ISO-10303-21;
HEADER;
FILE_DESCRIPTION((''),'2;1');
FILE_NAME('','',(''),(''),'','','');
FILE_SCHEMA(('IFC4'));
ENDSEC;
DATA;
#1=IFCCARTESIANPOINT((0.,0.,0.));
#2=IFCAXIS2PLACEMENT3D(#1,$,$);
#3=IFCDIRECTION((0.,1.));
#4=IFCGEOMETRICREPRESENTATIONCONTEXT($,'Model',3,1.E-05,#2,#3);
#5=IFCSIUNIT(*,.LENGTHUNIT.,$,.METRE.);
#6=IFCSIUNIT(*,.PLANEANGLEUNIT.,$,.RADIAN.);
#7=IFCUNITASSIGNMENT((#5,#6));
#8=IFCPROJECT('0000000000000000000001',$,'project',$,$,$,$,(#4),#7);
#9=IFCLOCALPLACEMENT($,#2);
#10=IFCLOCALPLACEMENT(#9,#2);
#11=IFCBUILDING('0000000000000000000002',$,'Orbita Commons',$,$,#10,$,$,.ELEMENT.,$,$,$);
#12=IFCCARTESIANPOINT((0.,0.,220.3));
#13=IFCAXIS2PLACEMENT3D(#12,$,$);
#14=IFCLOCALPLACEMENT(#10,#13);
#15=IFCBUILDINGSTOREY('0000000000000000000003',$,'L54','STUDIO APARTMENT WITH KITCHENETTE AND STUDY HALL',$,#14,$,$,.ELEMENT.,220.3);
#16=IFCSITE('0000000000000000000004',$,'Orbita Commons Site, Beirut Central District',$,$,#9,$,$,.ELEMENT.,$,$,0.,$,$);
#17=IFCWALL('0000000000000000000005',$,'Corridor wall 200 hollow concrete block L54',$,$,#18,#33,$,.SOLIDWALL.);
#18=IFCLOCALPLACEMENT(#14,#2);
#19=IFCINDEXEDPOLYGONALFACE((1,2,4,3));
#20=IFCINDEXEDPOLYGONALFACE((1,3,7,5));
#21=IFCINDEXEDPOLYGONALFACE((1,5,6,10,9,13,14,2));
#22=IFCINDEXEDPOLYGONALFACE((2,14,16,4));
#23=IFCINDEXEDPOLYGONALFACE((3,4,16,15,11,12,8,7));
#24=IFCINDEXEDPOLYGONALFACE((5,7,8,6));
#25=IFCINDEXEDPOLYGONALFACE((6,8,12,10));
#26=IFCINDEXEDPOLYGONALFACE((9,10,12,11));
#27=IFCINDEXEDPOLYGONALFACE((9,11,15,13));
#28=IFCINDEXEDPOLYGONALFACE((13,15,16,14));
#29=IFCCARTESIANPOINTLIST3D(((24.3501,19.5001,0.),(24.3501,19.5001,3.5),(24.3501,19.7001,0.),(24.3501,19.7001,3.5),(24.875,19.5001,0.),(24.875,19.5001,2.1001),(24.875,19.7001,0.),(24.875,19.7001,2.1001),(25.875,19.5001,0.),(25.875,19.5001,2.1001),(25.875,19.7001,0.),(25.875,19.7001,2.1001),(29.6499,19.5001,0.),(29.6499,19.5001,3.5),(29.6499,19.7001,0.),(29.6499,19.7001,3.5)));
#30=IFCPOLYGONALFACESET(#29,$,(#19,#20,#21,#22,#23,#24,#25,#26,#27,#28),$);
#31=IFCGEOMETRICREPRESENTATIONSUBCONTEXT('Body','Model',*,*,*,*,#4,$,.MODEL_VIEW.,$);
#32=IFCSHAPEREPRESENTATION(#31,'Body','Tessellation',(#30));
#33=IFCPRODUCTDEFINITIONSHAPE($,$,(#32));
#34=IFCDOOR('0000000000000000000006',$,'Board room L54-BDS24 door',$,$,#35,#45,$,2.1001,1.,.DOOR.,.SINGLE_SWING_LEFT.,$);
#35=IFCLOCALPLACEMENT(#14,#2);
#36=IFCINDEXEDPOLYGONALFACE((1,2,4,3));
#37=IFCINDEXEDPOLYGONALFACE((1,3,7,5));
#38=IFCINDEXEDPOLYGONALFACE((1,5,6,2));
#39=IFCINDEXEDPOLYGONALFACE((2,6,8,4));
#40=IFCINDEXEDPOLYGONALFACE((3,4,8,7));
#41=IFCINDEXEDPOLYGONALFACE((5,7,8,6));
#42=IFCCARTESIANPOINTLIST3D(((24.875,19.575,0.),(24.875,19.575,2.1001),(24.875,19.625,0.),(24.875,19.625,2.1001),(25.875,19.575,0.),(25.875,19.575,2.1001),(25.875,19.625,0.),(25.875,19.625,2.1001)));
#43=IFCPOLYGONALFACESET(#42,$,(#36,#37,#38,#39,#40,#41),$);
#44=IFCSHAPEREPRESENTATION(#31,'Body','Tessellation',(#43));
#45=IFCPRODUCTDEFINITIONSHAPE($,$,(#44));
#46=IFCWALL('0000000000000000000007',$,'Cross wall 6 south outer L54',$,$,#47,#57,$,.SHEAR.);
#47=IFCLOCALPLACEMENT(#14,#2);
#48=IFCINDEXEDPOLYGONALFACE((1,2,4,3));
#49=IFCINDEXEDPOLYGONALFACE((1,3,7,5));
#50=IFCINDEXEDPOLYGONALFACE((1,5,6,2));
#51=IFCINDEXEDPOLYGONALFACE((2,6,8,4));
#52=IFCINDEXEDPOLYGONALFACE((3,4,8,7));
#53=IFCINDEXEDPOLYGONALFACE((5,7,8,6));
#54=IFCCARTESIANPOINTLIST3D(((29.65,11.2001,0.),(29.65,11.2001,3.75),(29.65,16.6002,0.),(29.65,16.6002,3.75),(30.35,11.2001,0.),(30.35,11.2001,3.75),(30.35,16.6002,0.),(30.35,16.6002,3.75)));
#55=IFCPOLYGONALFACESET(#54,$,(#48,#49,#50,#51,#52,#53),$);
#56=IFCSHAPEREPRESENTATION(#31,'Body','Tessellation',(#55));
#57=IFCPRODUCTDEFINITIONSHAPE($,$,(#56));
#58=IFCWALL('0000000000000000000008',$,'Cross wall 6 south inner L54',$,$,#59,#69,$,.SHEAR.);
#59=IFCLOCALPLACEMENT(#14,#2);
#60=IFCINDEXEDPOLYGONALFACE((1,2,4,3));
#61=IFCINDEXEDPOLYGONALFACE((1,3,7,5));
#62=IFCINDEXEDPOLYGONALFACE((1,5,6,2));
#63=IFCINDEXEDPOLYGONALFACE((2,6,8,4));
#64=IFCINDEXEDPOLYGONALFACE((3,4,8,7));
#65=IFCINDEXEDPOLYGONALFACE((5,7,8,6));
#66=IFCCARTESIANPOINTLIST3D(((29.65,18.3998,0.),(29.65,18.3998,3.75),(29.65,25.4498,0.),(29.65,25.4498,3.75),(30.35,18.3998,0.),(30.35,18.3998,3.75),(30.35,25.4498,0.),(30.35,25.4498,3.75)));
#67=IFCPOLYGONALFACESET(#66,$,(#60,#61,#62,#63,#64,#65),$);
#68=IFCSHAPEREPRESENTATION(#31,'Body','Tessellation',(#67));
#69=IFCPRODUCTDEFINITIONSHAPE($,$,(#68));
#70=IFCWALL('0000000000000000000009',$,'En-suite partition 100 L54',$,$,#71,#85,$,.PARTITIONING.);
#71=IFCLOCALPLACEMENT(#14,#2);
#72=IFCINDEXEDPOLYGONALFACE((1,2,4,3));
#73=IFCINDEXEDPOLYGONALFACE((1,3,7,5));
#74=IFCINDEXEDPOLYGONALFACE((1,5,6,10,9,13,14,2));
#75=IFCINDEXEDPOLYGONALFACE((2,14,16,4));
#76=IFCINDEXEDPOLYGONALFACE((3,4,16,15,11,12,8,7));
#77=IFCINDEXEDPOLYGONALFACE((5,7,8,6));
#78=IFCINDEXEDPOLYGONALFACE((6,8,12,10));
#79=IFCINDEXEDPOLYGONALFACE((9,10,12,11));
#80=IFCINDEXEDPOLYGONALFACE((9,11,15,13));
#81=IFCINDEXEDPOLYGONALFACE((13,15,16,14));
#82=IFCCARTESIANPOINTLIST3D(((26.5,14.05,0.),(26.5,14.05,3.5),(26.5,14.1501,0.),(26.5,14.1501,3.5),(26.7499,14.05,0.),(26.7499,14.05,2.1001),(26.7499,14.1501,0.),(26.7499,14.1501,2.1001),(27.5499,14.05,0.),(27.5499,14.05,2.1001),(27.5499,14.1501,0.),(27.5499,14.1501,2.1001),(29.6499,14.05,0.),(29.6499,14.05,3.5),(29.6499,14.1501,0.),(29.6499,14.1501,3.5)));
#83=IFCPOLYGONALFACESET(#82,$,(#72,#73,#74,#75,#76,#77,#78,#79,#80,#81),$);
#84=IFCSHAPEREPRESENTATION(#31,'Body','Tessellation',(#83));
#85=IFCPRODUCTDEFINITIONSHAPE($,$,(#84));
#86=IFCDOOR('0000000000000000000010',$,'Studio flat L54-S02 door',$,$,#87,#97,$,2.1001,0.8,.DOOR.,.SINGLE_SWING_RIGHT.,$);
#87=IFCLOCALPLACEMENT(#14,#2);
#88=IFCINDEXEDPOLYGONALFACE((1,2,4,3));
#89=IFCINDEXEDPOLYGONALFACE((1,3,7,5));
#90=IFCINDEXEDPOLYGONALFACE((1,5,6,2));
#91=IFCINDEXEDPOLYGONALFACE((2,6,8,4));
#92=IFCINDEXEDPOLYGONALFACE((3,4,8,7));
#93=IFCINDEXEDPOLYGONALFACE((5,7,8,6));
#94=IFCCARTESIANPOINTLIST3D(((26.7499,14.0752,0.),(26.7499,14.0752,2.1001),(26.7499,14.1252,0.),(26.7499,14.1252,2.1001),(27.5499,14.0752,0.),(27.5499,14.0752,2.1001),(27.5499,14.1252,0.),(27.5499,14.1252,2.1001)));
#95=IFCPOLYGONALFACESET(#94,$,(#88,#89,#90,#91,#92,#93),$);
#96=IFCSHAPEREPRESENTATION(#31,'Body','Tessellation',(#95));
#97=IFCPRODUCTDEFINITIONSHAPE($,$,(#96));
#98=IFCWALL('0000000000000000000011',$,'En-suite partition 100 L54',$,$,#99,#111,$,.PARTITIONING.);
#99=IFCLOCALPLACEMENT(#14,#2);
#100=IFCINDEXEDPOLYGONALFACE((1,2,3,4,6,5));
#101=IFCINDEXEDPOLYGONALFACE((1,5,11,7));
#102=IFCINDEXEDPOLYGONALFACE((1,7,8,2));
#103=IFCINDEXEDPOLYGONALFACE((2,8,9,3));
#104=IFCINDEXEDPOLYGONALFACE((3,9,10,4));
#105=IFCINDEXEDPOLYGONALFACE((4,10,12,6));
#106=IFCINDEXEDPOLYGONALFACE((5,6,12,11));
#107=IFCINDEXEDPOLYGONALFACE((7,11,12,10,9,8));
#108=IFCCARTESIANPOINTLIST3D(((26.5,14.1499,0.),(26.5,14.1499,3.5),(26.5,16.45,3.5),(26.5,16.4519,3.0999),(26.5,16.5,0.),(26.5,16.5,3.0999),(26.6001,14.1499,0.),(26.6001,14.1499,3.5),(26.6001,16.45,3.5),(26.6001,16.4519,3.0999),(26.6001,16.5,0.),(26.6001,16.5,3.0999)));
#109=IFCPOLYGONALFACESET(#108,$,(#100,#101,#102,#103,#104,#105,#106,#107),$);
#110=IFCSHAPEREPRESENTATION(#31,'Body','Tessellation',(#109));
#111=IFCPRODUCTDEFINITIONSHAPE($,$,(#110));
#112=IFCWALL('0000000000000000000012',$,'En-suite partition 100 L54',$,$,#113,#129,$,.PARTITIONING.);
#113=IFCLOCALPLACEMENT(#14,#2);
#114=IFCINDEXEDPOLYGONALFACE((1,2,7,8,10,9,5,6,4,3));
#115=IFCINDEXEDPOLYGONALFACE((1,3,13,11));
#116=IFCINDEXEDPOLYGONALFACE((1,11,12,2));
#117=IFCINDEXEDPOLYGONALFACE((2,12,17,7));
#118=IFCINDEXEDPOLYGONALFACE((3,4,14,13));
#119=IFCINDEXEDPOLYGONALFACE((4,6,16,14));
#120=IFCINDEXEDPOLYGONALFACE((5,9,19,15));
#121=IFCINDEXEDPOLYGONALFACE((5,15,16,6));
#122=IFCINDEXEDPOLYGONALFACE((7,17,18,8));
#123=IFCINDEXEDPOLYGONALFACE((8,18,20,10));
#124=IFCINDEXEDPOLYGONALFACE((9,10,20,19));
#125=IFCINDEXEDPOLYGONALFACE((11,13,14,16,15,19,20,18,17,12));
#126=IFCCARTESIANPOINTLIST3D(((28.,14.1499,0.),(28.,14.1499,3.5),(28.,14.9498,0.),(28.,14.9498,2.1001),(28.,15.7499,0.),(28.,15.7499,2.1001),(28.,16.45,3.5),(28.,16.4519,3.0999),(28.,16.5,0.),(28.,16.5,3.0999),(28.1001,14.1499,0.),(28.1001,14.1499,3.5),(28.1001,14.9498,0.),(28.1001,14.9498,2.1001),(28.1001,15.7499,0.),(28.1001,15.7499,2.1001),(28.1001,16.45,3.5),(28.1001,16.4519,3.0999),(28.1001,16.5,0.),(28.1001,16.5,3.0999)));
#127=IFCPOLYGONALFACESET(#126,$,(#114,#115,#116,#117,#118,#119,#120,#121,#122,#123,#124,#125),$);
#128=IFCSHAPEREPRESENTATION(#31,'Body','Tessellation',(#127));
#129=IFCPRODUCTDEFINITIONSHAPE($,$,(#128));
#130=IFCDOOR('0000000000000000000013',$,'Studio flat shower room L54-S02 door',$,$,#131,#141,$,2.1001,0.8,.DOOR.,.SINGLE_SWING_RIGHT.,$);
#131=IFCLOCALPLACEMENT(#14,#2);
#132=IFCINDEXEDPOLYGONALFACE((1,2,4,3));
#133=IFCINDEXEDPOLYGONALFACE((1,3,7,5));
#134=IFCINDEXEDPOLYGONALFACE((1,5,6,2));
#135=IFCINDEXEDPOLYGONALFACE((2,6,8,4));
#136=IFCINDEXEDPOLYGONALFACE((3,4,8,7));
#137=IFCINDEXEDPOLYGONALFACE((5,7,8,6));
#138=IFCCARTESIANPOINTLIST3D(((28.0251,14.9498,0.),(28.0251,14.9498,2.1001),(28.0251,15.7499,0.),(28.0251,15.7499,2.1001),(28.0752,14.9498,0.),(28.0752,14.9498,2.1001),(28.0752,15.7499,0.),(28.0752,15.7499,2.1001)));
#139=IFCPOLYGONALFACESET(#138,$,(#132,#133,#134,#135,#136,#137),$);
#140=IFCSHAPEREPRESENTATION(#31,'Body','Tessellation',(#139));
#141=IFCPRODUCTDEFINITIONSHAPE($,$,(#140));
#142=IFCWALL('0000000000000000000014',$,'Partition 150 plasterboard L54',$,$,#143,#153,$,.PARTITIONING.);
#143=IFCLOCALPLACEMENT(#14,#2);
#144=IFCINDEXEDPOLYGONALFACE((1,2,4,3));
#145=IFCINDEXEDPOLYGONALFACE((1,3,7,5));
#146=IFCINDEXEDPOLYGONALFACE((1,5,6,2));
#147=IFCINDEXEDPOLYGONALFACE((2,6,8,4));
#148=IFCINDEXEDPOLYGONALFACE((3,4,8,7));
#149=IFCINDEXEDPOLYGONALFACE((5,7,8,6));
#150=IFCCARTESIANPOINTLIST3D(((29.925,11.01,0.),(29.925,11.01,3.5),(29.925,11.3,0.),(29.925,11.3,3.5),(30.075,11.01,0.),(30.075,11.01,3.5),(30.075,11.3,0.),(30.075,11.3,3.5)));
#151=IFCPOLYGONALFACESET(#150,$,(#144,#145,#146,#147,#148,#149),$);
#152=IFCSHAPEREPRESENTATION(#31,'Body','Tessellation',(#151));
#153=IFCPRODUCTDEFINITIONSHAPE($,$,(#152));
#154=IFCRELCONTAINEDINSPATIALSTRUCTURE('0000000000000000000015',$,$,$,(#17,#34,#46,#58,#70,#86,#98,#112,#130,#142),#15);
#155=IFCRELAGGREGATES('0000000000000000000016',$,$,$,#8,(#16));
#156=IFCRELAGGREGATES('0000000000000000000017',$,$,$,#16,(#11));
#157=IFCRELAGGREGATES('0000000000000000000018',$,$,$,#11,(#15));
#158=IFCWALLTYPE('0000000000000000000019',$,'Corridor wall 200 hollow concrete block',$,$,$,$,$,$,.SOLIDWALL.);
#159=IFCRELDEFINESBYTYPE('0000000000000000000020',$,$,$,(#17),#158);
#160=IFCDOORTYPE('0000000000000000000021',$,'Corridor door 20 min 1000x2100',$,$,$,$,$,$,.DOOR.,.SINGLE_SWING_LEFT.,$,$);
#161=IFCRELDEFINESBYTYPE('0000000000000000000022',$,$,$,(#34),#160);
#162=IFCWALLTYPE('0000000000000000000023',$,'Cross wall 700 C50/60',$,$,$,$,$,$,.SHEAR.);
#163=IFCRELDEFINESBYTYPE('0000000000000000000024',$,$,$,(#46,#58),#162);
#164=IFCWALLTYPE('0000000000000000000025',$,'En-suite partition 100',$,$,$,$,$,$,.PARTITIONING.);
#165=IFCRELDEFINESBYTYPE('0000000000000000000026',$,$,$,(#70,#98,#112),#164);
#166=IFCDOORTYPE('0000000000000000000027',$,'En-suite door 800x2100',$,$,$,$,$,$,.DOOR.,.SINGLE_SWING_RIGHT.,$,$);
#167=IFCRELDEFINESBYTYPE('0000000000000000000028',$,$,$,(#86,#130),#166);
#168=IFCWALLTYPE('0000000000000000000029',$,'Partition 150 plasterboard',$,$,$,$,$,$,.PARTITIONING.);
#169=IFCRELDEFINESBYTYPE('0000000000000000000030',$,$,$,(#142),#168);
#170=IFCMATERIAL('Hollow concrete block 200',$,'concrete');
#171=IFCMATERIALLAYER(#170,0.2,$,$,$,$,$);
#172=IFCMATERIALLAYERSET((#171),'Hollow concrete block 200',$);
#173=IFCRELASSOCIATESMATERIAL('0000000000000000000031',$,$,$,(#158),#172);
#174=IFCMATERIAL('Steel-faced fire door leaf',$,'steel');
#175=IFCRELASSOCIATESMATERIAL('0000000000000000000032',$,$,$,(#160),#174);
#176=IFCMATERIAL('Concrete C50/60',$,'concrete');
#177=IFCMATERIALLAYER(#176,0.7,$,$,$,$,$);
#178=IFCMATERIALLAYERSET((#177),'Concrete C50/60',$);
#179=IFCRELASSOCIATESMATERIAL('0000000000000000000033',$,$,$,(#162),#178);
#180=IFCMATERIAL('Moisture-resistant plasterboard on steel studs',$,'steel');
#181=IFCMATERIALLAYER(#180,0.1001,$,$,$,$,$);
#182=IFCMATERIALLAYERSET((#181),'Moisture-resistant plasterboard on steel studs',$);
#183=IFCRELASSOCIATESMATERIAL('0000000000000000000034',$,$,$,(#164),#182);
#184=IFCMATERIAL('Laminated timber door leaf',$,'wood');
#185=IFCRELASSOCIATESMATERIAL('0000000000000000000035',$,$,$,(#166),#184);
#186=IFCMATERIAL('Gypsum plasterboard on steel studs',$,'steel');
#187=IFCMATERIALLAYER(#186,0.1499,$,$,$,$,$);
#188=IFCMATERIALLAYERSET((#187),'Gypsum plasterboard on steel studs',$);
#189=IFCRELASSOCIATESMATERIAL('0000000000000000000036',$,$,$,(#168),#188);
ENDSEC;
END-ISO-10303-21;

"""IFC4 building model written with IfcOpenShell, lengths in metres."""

from ifc_helpers import new_model, si_unit, direction, frame, frame_2d, origin, place, context, subcontext, project, spatial, polyline, rectangle, outline, extrude, material, layer, layer_set, type_object, element, fill, save


model = new_model("IFC4")

# Units and contexts
model_context = context("Model", 3, precision=1e-05, world=origin(), true_north=direction((0.0, 1.0)))
body_context = subcontext(model_context, "Body", "Model", "MODEL_VIEW")
ifc_project = project(units=[si_unit("LENGTHUNIT", "METRE"), si_unit("PLANEANGLEUNIT", "RADIAN")], contexts=[model_context])

# Site, building, storey
site_placement = place(None, origin())
site = spatial("IfcSite", under=ifc_project, at=site_placement, Name="Orbita Commons Site, Beirut Central District", CompositionType="ELEMENT", RefElevation=0.0)
building_placement = place(site_placement, origin())
building = spatial("IfcBuilding", under=site, at=building_placement, Name="Orbita Commons", CompositionType="ELEMENT")
storey_placement = place(building_placement, frame((0.0, 0.0, 220.3)))
storey = spatial("IfcBuildingStorey", under=building, at=storey_placement, Name="L54", Description="STUDIO APARTMENT WITH KITCHENETTE AND STUDY HALL", CompositionType="ELEMENT", Elevation=220.3)

# Wall, opening, door
ifc_material_1 = material(Name="Hollow concrete block 200", Category="concrete")
ifc_layer_1 = layer(ifc_material_1, 0.2)
ifc_layer_set_1 = layer_set([ifc_layer_1], Name="Hollow concrete block 200")
wall_type_1 = type_object("IfcWallType", Name="Corridor wall 200 hollow concrete block", PredefinedType="SOLIDWALL", material=ifc_layer_set_1)
ifc_material_2 = material(Name="Steel-faced fire door leaf", Category="steel")
door_type_1 = type_object("IfcDoorType", Name="Corridor door 20 min 1000x2100", OperationType="SINGLE_SWING_LEFT", PredefinedType="DOOR", material=ifc_material_2)
wall_1_placement = place(storey_placement, frame((24.3501, 19.6001, 0.0), z_axis=(0.0, 0.0, 1.0), x_axis=(1.0, 0.0, 0.0)))
wall_1 = element("IfcWall", 1, at=wall_1_placement, inside=storey, type_object=wall_type_1, Name="Corridor wall 200 hollow concrete block L54", PredefinedType="SOLIDWALL", context=body_context, shape_type="SweptSolid", body=[
    extrude(rectangle(XDim=5.2998, YDim=0.2, at=frame_2d((2.6499, 0.0))), origin(), (0.0, 0.0, 1.0), 3.5),
])
opening_1_placement = place(wall_1_placement, frame((0.5249, 0.0, 0.0)))
opening_1 = element("IfcOpeningElement", 2, at=opening_1_placement, cuts=wall_1, PredefinedType="OPENING", context=body_context, shape_type="SweptSolid", body=[
    extrude(rectangle(XDim=1.0, YDim=2.1001, at=frame_2d((0.5, 1.05))), frame((0.0, 0.1099, 0.0), z_axis=(0.0, -1.0, 0.0), x_axis=(1.0, 0.0, 0.0)), (0.0, 0.0, 1.0), 0.22),
])
door_1_placement = place(opening_1_placement, origin())
door_1 = element("IfcDoor", 3, at=door_1_placement, inside=storey, type_object=door_type_1, Name="Board room L54-BDS24 door", OperationType="SINGLE_SWING_LEFT", OverallHeight=2.1001, OverallWidth=1.0, PredefinedType="DOOR", context=body_context, shape_type="SweptSolid", body=[
    extrude(rectangle(XDim=1.0, YDim=2.1001, at=frame_2d((0.5, 1.05))), frame((0.0, 0.0249, 0.0), z_axis=(0.0, -1.0, 0.0), x_axis=(1.0, 0.0, 0.0)), (0.0, 0.0, 1.0), 0.05),
])
fill(opening_1, door_1)

# Walls
ifc_material_3 = material(Name="Concrete C50/60", Category="concrete")
ifc_layer_2 = layer(ifc_material_3, 0.7)
ifc_layer_set_2 = layer_set([ifc_layer_2], Name="Concrete C50/60")
wall_type_2 = type_object("IfcWallType", Name="Cross wall 700 C50/60", PredefinedType="SHEAR", material=ifc_layer_set_2)
wall_2_placement = place(storey_placement, frame((30.0, 11.2, 0.0), z_axis=(0.0, 0.0, 1.0), x_axis=(0.0, 1.0, 0.0)))
element("IfcWall", 4, at=wall_2_placement, inside=storey, type_object=wall_type_2, Name="Cross wall 6 south outer L54", PredefinedType="SHEAR", context=body_context, shape_type="SweptSolid", body=[
    extrude(rectangle(XDim=5.4001, YDim=0.7, at=frame_2d((2.7002, 0.0))), origin(), (0.0, 0.0, 1.0), 3.75),
])
wall_3_placement = place(storey_placement, frame((30.0, 18.3999, 0.0), z_axis=(0.0, 0.0, 1.0), x_axis=(0.0, 1.0, 0.0)))
element("IfcWall", 5, at=wall_3_placement, inside=storey, type_object=wall_type_2, Name="Cross wall 6 south inner L54", PredefinedType="SHEAR", context=body_context, shape_type="SweptSolid", body=[
    extrude(rectangle(XDim=7.05, YDim=0.7, at=frame_2d((3.5249, 0.0))), origin(), (0.0, 0.0, 1.0), 3.75),
])

# Wall, opening, door
ifc_material_4 = material(Name="Moisture-resistant plasterboard on steel studs", Category="steel")
ifc_layer_3 = layer(ifc_material_4, 0.1001)
ifc_layer_set_3 = layer_set([ifc_layer_3], Name="Moisture-resistant plasterboard on steel studs")
wall_type_3 = type_object("IfcWallType", Name="En-suite partition 100", PredefinedType="PARTITIONING", material=ifc_layer_set_3)
wall_4_placement = place(storey_placement, frame((29.6499, 14.1001, 0.0), z_axis=(0.0, 0.0, 1.0), x_axis=(-1.0, 0.0, 0.0)))
wall_4 = element("IfcWall", 6, at=wall_4_placement, inside=storey, type_object=wall_type_3, Name="En-suite partition 100 L54", PredefinedType="PARTITIONING", context=body_context, shape_type="SweptSolid", body=[
    extrude(rectangle(XDim=3.1499, YDim=0.1001, at=frame_2d((1.575, 0.0))), origin(), (0.0, 0.0, 1.0), 3.5),
])
opening_2_placement = place(wall_4_placement, frame((2.1001, 0.0, 0.0)))
opening_2 = element("IfcOpeningElement", 7, at=opening_2_placement, cuts=wall_4, PredefinedType="OPENING", context=body_context, shape_type="SweptSolid", body=[
    extrude(rectangle(XDim=0.8, YDim=2.1001, at=frame_2d((0.3999, 1.05))), frame((0.0, 0.0601, 0.0), z_axis=(0.0, -1.0, 0.0), x_axis=(1.0, 0.0, 0.0)), (0.0, 0.0, 1.0), 0.1201),
])
ifc_material_5 = material(Name="Laminated timber door leaf", Category="wood")
door_type_2 = type_object("IfcDoorType", Name="En-suite door 800x2100", OperationType="SINGLE_SWING_RIGHT", PredefinedType="DOOR", material=ifc_material_5)
door_2_placement = place(opening_2_placement, origin())
door_2 = element("IfcDoor", 8, at=door_2_placement, inside=storey, type_object=door_type_2, Name="Studio flat L54-S02 door", OperationType="SINGLE_SWING_RIGHT", OverallHeight=2.1001, OverallWidth=0.8, PredefinedType="DOOR", context=body_context, shape_type="SweptSolid", body=[
    extrude(rectangle(XDim=0.8, YDim=2.1001, at=frame_2d((0.3999, 1.05))), frame((0.0, 0.0249, 0.0), z_axis=(0.0, -1.0, 0.0), x_axis=(1.0, 0.0, 0.0)), (0.0, 0.0, 1.0), 0.05),
])
fill(opening_2, door_2)

# Wall
wall_5_placement = place(storey_placement, frame((26.55, 14.1499, 0.0), z_axis=(0.0, 0.0, 1.0), x_axis=(0.0, 1.0, 0.0)))
element("IfcWall", 9, at=wall_5_placement, inside=storey, type_object=wall_type_3, Name="En-suite partition 100 L54", PredefinedType="PARTITIONING", context=body_context, shape_type="SweptSolid", body=[
    extrude(outline(polyline([(0.0, 0.0), (2.3501, 0.0), (2.3501, 3.0999), (2.302, 3.0999), (2.3, 3.5), (0.0, 3.5), (0.0, 0.0)])), frame((0.0, 0.05, 0.0), z_axis=(0.0, -1.0, 0.0), x_axis=(1.0, 0.0, 0.0)), (0.0, 0.0, 1.0), 0.1001),
])

# Wall, opening, door
wall_6_placement = place(storey_placement, frame((28.05, 14.1499, 0.0), z_axis=(0.0, 0.0, 1.0), x_axis=(0.0, 1.0, 0.0)))
wall_6 = element("IfcWall", 10, at=wall_6_placement, inside=storey, type_object=wall_type_3, Name="En-suite partition 100 L54", PredefinedType="PARTITIONING", context=body_context, shape_type="SweptSolid", body=[
    extrude(outline(polyline([(0.0, 0.0), (2.3501, 0.0), (2.3501, 3.0999), (2.302, 3.0999), (2.3, 3.5), (0.0, 3.5), (0.0, 0.0)])), frame((0.0, 0.05, 0.0), z_axis=(0.0, -1.0, 0.0), x_axis=(1.0, 0.0, 0.0)), (0.0, 0.0, 1.0), 0.1001),
])
opening_3_placement = place(wall_6_placement, frame((0.8, 0.0, 0.0)))
opening_3 = element("IfcOpeningElement", 11, at=opening_3_placement, cuts=wall_6, PredefinedType="OPENING", context=body_context, shape_type="SweptSolid", body=[
    extrude(rectangle(XDim=0.8, YDim=2.1001, at=frame_2d((0.3999, 1.05))), frame((0.0, 0.0601, 0.0), z_axis=(0.0, -1.0, 0.0), x_axis=(1.0, 0.0, 0.0)), (0.0, 0.0, 1.0), 0.1201),
])
door_3_placement = place(opening_3_placement, origin())
door_3 = element("IfcDoor", 12, at=door_3_placement, inside=storey, type_object=door_type_2, Name="Studio flat shower room L54-S02 door", OperationType="SINGLE_SWING_RIGHT", OverallHeight=2.1001, OverallWidth=0.8, PredefinedType="DOOR", context=body_context, shape_type="SweptSolid", body=[
    extrude(rectangle(XDim=0.8, YDim=2.1001, at=frame_2d((0.3999, 1.05))), frame((0.0, 0.0249, 0.0), z_axis=(0.0, -1.0, 0.0), x_axis=(1.0, 0.0, 0.0)), (0.0, 0.0, 1.0), 0.05),
])
fill(opening_3, door_3)

# Wall
ifc_material_6 = material(Name="Gypsum plasterboard on steel studs", Category="steel")
ifc_layer_4 = layer(ifc_material_6, 0.1499)
ifc_layer_set_4 = layer_set([ifc_layer_4], Name="Gypsum plasterboard on steel studs")
wall_type_4 = type_object("IfcWallType", Name="Partition 150 plasterboard", PredefinedType="PARTITIONING", material=ifc_layer_set_4)
wall_7_placement = place(storey_placement, frame((30.0, 11.3, 0.0), z_axis=(0.0, 0.0, 1.0), x_axis=(0.0, -1.0, 0.0)))
element("IfcWall", 13, at=wall_7_placement, inside=storey, type_object=wall_type_4, Name="Partition 150 plasterboard L54", PredefinedType="PARTITIONING", context=body_context, shape_type="SweptSolid", body=[
    extrude(rectangle(XDim=0.29, YDim=0.1499, at=frame_2d((0.145, 0.0))), origin(), (0.0, 0.0, 1.0), 3.5),
])

save(model, "model.ifc")
